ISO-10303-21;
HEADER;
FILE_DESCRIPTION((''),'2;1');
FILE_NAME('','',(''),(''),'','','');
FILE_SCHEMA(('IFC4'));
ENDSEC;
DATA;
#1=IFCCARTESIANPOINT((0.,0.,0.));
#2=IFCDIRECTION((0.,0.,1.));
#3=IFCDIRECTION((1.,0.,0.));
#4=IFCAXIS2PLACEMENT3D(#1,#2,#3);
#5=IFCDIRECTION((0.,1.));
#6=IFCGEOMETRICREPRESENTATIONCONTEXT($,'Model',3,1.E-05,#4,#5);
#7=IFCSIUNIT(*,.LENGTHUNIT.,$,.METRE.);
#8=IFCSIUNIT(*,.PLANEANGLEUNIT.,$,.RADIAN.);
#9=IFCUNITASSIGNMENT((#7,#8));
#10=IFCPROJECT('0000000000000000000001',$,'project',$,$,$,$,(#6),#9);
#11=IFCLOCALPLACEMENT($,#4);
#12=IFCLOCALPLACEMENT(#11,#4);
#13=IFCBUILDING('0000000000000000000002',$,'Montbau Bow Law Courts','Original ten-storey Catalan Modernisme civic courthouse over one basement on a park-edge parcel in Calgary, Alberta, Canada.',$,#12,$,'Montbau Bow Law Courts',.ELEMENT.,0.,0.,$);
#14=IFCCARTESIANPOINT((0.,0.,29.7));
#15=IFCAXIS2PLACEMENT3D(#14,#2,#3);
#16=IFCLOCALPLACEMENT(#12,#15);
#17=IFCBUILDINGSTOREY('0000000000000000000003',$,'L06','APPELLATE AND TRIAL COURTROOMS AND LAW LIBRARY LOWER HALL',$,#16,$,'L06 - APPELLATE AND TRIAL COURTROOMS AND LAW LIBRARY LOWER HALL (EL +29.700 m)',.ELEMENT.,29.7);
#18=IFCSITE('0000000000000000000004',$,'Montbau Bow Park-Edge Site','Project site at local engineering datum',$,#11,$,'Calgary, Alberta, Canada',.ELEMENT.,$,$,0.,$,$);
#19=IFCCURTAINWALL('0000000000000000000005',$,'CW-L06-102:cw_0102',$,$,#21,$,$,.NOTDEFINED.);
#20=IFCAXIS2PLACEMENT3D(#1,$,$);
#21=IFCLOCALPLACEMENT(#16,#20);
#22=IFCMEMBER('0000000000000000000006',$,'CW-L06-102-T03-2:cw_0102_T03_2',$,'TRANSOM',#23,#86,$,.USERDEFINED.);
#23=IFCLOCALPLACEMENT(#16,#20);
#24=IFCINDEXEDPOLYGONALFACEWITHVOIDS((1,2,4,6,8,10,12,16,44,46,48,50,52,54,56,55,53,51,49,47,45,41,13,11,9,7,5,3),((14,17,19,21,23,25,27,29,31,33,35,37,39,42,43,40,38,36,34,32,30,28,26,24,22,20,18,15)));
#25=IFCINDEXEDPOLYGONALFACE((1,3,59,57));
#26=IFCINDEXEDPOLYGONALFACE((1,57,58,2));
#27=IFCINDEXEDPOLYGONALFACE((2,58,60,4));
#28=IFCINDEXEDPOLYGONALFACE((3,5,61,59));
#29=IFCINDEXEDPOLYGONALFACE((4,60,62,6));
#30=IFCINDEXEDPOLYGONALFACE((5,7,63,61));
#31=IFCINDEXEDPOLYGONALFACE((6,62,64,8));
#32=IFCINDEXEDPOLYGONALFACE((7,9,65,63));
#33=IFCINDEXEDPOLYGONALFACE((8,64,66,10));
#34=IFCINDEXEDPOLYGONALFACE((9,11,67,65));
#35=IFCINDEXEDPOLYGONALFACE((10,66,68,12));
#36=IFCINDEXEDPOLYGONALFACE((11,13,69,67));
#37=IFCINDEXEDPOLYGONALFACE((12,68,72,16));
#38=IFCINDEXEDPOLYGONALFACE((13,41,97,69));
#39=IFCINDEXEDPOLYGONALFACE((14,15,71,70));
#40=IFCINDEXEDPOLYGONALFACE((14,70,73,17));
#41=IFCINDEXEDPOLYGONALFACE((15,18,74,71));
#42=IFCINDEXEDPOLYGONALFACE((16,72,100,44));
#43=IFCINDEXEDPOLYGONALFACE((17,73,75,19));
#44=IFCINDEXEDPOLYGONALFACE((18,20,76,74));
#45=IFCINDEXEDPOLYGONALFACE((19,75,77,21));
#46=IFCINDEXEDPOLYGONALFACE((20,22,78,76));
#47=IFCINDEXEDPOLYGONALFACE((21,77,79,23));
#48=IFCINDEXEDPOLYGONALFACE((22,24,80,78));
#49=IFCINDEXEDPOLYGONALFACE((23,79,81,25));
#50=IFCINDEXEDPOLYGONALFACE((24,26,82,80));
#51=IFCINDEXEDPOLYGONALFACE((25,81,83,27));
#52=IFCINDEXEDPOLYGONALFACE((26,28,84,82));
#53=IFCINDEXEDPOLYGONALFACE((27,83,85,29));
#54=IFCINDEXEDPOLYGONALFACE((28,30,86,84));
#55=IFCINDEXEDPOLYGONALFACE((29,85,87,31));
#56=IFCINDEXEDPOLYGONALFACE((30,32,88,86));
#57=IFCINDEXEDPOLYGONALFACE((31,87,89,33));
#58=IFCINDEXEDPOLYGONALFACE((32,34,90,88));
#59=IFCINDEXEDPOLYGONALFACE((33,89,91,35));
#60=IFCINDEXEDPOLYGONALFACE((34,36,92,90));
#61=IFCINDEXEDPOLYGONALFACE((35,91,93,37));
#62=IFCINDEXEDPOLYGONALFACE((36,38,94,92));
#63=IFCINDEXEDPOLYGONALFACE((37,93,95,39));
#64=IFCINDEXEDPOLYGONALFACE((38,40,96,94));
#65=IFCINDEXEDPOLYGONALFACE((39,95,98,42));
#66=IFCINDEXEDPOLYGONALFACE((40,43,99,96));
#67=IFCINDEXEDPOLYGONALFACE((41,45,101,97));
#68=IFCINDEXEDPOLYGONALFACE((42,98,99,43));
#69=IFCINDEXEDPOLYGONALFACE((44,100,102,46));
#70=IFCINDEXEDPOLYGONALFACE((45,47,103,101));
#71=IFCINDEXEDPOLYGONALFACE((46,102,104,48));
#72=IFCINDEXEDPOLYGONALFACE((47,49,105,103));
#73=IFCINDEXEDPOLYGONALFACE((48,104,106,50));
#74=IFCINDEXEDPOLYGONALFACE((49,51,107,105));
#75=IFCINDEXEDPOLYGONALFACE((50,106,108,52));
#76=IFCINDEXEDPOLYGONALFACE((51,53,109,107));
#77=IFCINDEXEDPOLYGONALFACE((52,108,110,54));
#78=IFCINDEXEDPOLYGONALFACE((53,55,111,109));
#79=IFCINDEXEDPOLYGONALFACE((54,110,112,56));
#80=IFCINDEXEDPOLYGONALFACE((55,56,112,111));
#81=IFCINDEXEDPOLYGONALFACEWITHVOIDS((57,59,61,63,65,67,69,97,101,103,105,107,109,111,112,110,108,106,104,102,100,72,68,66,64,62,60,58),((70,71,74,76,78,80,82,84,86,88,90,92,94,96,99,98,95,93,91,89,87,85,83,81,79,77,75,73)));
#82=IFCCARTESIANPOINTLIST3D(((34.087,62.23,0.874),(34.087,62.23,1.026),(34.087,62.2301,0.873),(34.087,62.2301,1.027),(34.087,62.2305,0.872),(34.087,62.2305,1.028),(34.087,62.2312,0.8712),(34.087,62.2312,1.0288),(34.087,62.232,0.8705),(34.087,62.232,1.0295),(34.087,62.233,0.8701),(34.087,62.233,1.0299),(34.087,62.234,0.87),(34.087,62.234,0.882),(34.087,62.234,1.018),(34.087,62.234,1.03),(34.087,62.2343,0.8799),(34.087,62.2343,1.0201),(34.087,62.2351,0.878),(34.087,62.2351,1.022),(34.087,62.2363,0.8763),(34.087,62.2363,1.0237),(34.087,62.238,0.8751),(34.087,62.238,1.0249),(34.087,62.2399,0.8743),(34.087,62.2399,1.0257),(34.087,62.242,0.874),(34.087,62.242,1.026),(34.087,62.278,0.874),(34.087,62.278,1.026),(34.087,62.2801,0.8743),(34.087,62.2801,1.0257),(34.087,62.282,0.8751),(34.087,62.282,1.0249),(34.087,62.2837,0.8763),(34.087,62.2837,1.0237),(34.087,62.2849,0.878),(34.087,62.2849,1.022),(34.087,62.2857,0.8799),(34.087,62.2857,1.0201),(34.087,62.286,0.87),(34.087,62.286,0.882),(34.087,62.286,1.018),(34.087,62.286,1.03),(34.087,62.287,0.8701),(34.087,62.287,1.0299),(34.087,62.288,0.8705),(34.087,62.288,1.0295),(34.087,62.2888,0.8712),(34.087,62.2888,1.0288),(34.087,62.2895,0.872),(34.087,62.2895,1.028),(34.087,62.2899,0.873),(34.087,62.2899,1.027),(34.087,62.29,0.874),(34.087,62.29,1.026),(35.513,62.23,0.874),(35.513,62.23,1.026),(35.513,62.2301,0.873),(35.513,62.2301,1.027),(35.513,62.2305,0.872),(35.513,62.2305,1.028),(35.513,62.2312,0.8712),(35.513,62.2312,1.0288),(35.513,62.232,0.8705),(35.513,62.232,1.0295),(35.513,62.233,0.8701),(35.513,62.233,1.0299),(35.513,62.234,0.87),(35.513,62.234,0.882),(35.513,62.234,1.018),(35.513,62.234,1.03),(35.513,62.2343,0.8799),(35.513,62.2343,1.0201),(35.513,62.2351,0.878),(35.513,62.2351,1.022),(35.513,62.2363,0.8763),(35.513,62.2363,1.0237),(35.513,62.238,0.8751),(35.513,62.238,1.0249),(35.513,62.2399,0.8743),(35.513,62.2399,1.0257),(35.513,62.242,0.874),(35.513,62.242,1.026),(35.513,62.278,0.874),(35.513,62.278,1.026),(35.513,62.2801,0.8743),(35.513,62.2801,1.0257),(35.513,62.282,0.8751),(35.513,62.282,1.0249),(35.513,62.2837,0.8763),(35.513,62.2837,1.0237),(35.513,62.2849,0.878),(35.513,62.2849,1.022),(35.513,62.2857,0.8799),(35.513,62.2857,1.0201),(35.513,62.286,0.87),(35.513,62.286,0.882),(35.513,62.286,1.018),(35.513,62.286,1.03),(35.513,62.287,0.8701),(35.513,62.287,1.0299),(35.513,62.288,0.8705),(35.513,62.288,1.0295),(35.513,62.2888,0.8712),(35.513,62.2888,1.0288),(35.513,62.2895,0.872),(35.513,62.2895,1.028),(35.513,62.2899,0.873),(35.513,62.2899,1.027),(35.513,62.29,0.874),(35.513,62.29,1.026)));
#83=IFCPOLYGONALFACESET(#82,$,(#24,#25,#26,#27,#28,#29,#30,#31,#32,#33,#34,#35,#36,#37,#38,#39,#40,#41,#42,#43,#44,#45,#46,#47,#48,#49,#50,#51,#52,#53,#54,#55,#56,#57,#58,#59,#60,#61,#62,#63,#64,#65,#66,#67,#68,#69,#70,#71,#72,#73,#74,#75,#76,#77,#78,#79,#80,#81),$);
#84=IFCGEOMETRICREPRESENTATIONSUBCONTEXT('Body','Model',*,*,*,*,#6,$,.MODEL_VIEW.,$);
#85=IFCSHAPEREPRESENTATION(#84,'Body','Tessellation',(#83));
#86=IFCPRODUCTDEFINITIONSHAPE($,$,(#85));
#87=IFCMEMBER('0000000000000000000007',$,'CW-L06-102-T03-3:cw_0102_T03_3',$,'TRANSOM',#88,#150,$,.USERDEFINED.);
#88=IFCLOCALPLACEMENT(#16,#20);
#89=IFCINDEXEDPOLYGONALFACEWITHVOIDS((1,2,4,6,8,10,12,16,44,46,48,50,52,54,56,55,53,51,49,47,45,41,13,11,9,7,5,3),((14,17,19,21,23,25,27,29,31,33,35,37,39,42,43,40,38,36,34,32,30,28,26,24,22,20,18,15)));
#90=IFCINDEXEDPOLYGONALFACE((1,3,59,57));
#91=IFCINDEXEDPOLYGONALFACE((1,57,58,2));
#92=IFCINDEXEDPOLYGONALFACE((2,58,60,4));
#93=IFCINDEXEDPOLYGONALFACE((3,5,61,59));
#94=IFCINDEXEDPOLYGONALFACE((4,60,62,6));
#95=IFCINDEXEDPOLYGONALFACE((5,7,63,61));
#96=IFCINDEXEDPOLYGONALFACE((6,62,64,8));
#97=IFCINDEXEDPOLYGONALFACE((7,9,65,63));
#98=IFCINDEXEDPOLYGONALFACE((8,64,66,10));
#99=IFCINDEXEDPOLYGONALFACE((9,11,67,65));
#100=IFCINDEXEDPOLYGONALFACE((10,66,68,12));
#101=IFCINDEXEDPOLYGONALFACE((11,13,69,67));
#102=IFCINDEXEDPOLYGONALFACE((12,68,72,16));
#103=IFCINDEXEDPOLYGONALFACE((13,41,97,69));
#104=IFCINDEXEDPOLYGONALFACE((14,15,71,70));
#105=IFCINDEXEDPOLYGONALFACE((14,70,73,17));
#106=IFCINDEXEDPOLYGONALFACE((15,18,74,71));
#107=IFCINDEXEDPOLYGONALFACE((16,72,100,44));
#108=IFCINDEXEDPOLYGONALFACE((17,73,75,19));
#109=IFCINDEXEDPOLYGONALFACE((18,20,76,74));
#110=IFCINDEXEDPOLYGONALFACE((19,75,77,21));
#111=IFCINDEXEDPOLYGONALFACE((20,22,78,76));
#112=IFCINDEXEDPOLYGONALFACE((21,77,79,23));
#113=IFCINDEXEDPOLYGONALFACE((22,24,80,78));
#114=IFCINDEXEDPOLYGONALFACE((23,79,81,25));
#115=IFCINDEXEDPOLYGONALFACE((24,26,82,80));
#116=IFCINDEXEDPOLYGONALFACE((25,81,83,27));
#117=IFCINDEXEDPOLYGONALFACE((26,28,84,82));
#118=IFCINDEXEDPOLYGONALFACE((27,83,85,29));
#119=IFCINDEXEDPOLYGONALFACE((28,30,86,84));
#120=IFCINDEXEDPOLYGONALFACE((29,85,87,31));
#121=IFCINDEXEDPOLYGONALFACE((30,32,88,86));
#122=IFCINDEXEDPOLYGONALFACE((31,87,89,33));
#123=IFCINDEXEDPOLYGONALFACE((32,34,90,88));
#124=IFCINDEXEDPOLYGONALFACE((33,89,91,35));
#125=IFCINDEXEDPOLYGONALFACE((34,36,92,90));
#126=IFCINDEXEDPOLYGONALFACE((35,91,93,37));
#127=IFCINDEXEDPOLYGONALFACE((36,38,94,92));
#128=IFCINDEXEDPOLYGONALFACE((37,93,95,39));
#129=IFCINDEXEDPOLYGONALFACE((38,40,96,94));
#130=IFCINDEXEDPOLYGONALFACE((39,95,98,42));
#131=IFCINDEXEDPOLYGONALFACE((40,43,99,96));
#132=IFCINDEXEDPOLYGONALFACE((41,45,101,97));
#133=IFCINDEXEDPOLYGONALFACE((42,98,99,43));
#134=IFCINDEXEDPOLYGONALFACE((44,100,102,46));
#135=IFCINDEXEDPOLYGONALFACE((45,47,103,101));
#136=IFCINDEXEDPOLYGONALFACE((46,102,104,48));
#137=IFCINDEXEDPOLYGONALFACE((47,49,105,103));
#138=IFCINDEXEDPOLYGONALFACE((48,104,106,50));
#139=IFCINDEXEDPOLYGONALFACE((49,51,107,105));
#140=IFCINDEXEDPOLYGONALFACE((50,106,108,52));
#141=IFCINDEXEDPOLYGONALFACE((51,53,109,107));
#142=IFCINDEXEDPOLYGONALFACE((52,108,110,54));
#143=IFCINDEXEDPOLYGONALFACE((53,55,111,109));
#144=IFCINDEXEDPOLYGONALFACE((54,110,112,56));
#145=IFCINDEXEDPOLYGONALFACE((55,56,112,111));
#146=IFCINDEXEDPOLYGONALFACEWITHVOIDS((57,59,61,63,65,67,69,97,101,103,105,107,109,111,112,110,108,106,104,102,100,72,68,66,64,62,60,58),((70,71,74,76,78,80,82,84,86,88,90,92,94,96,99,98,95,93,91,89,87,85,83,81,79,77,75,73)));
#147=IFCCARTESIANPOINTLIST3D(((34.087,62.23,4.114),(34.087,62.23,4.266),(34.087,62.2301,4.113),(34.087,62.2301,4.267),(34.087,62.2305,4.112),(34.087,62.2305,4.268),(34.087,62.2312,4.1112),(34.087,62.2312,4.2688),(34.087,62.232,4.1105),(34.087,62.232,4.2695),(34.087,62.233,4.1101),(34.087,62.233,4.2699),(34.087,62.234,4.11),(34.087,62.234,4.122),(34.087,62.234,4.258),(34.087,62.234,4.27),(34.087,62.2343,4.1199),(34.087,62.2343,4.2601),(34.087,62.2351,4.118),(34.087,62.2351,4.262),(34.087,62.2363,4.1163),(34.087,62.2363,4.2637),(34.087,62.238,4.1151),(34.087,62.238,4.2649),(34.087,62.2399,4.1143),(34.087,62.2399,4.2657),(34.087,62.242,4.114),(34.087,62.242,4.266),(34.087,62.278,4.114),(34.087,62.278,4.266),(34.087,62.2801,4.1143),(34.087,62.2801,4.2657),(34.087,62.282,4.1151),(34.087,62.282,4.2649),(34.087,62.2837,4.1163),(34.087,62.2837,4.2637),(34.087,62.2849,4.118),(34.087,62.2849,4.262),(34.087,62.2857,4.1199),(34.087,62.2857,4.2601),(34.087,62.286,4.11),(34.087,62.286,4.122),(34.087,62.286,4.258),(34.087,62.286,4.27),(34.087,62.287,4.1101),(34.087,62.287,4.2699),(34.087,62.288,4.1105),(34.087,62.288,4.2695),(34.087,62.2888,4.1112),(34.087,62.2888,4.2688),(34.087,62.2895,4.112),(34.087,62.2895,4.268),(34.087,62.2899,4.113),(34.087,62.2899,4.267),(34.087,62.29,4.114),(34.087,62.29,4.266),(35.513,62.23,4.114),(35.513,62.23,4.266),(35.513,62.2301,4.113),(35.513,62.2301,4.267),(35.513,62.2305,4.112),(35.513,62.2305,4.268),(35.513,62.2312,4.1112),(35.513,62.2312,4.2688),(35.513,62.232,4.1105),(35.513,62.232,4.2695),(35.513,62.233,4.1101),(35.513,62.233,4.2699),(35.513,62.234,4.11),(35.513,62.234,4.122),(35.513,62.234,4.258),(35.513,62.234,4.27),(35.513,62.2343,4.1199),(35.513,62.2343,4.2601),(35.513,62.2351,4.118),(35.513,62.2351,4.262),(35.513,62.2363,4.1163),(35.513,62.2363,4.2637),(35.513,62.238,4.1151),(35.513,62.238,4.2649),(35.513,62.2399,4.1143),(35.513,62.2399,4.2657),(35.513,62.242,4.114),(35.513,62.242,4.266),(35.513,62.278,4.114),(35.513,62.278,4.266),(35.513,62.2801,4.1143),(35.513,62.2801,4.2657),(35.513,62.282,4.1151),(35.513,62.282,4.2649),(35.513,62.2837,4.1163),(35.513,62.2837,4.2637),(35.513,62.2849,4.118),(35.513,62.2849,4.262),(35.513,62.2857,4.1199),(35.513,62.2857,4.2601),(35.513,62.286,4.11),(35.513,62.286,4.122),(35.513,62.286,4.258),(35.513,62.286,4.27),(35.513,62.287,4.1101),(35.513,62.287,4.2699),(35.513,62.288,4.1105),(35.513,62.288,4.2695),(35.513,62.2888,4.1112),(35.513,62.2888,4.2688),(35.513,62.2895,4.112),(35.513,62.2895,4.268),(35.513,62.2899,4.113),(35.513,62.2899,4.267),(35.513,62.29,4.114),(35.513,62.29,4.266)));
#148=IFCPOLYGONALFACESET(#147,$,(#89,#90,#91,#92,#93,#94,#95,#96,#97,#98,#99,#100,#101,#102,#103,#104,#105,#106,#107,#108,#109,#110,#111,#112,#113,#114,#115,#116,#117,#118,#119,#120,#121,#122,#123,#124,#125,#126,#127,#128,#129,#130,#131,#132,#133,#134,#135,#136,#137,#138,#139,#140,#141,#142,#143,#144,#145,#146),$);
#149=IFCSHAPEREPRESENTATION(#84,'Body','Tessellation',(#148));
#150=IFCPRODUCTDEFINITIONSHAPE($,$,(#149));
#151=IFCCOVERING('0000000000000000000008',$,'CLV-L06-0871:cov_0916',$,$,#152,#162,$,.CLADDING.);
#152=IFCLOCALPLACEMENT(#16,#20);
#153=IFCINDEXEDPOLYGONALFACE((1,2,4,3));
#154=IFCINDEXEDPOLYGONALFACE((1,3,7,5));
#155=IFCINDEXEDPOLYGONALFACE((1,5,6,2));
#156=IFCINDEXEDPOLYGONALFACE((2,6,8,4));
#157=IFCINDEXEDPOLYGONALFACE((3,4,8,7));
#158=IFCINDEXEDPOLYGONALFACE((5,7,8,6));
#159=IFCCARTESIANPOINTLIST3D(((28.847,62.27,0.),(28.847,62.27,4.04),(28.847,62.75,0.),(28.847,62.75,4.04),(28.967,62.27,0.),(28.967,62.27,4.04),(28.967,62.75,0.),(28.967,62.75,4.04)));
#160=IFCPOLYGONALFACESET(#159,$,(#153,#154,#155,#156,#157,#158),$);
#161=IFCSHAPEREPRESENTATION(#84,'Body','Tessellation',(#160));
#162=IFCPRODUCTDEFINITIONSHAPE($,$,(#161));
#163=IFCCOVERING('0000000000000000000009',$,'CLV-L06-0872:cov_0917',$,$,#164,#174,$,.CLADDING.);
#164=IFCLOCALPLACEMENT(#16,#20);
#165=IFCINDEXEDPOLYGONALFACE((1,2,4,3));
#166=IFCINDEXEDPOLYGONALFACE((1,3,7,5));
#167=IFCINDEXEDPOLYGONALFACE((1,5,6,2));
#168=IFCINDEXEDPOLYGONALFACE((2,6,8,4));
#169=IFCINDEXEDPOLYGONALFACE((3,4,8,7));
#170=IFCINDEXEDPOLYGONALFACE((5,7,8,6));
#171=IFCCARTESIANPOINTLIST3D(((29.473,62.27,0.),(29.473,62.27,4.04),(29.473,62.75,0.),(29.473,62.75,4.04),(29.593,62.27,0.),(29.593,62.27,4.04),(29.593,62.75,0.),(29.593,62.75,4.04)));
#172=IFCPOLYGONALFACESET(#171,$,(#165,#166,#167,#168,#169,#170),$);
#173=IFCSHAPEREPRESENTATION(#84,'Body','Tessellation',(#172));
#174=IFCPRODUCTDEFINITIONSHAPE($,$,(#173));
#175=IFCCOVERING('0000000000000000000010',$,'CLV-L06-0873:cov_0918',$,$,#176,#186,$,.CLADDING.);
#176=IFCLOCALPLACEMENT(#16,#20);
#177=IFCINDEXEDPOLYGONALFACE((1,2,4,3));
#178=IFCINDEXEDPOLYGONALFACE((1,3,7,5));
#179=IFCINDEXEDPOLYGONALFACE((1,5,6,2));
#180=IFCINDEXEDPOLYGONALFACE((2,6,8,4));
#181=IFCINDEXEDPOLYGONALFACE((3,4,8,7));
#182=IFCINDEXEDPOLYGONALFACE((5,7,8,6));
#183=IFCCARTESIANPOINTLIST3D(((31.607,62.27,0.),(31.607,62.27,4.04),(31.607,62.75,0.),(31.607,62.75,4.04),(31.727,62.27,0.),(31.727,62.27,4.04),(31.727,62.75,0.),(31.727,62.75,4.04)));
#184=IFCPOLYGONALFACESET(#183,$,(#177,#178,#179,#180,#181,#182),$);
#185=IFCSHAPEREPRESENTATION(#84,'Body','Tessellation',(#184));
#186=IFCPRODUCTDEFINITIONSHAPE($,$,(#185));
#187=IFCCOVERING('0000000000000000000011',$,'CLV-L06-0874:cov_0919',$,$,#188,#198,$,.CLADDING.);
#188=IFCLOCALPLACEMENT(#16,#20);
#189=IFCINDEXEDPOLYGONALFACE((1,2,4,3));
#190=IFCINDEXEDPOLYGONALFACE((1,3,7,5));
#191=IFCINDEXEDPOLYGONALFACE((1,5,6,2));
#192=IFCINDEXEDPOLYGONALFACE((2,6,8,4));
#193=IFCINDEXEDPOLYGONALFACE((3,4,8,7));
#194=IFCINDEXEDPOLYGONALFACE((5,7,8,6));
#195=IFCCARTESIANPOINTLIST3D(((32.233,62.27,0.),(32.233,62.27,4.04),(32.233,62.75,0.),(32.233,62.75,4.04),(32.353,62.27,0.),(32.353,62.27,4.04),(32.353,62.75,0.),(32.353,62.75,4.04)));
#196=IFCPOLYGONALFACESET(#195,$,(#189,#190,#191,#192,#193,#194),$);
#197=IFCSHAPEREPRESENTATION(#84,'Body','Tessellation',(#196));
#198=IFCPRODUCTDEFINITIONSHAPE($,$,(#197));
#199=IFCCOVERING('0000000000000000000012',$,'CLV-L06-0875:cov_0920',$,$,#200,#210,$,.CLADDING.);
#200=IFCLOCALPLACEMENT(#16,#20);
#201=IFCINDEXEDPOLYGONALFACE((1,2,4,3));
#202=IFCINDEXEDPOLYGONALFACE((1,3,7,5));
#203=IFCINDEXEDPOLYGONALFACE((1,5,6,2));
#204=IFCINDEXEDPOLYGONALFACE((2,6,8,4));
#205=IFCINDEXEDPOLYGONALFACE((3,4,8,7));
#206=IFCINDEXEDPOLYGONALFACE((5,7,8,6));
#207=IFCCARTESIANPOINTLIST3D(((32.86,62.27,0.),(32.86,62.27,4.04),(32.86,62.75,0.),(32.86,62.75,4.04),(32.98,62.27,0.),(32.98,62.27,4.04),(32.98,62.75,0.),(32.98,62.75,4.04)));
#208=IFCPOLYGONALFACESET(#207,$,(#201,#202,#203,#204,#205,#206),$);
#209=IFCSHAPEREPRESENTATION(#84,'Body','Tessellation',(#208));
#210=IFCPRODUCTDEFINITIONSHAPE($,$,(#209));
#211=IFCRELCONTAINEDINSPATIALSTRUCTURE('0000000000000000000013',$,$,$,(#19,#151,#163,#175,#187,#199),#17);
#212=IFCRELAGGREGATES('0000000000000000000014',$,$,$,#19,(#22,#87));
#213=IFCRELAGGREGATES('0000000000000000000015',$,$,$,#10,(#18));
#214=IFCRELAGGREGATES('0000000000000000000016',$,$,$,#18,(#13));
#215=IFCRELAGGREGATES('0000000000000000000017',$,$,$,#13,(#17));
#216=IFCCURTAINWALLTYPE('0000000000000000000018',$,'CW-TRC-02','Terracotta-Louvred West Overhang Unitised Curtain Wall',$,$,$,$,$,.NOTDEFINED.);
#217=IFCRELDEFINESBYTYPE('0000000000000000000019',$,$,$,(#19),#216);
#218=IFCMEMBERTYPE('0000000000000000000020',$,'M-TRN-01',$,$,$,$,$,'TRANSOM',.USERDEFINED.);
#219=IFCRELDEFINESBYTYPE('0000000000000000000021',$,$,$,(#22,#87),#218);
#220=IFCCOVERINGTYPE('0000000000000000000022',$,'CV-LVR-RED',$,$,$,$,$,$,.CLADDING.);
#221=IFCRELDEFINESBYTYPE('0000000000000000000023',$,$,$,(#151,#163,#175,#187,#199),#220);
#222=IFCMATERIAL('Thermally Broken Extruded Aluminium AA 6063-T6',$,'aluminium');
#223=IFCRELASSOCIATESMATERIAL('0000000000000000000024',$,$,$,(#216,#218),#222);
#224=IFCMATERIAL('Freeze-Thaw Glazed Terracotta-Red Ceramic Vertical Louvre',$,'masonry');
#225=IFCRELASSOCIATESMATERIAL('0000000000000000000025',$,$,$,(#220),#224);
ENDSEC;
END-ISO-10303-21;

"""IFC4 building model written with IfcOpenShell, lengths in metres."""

from ifc_helpers import new_model, si_unit, direction, frame, frame_2d, origin_with_axes, origin_2d_with_axis, place, context, subcontext, project, spatial, rectangle, hollow_rectangle, extrude, material, material_profile, profile_set, type_object, element, aggregate, save


model = new_model("IFC4")

# Units and contexts
model_context = context("Model", 3, precision=1e-05, world=origin_with_axes(), true_north=direction((0.0, 1.0)))
body_context = subcontext(model_context, "Body", "Model", "MODEL_VIEW")
ifc_project = project(units=[si_unit("LENGTHUNIT", "METRE"), si_unit("PLANEANGLEUNIT", "RADIAN")], contexts=[model_context])

# Site, building, storey
site_placement = place(None, origin_with_axes())
site = spatial("IfcSite", under=ifc_project, at=site_placement, Name="Montbau Bow Park-Edge Site", Description="Project site at local engineering datum", LongName="Calgary, Alberta, Canada", CompositionType="ELEMENT", RefElevation=0.0)
building_placement = place(site_placement, origin_with_axes())
building = spatial("IfcBuilding", under=site, at=building_placement, Name="Montbau Bow Law Courts", Description="Original ten-storey Catalan Modernisme civic courthouse over one basement on a park-edge parcel in Calgary, Alberta, Canada.", LongName="Montbau Bow Law Courts", CompositionType="ELEMENT", ElevationOfRefHeight=0.0, ElevationOfTerrain=0.0)
storey_placement = place(building_placement, frame((0.0, 0.0, 29.7), z_axis=(0.0, 0.0, 1.0), x_axis=(1.0, 0.0, 0.0)))
storey = spatial("IfcBuildingStorey", under=building, at=storey_placement, Name="L06", Description="APPELLATE AND TRIAL COURTROOMS AND LAW LIBRARY LOWER HALL", LongName="L06 - APPELLATE AND TRIAL COURTROOMS AND LAW LIBRARY LOWER HALL (EL +29.700 m)", CompositionType="ELEMENT", Elevation=29.7)

# Curtain wall, members
ifc_material_1 = material(Name="Thermally Broken Extruded Aluminium AA 6063-T6", Category="aluminium")
curtain_wall_type = type_object("IfcCurtainWallType", Name="CW-TRC-02", Description="Terracotta-Louvred West Overhang Unitised Curtain Wall", PredefinedType="NOTDEFINED", material=ifc_material_1)
curtain_wall_placement = place(None, frame((31.04, 62.26, 29.7), z_axis=(0.0, 0.0, 1.0), x_axis=(1.0, 0.0, 0.0)))
curtain_wall = element("IfcCurtainWall", 1, at=curtain_wall_placement, inside=storey, type_object=curtain_wall_type, Name="CW-L06-102:cw_0102", PredefinedType="NOTDEFINED")
ifc_material_profile_1 = material_profile(ifc_material_1, hollow_rectangle(XDim=0.06, YDim=0.16, WallThickness=0.004, InnerFilletRadius=0.008, OuterFilletRadius=0.004, at=origin_2d_with_axis()), Name="CWT-160X60", Category="Main", Priority=0)
ifc_profile_set_1 = profile_set([ifc_material_profile_1], Name="Thermally Broken Extruded Aluminium AA 6063-T6")
member_type = type_object("IfcMemberType", Name="M-TRN-01", ElementType="TRANSOM", PredefinedType="USERDEFINED", material=ifc_profile_set_1)
member_1_placement = place(None, frame((34.087, 62.26, 30.65), z_axis=(1.0, 0.0, 0.0), x_axis=(0.0, 1.0, 0.0)))
member_1 = element("IfcMember", 2, at=member_1_placement, type_object=member_type, Name="CW-L06-102-T03-2:cw_0102_T03_2", ObjectType="TRANSOM", PredefinedType="USERDEFINED", context=body_context, shape_type="SweptSolid", body=[
    extrude(hollow_rectangle(XDim=0.06, YDim=0.16, WallThickness=0.004, InnerFilletRadius=0.008, OuterFilletRadius=0.004, at=origin_2d_with_axis()), origin_with_axes(), (0.0, 0.0, 1.0), 1.426),
])
member_2_placement = place(None, frame((34.087, 62.26, 33.89), z_axis=(1.0, 0.0, 0.0), x_axis=(0.0, 1.0, 0.0)))
member_2 = element("IfcMember", 3, at=member_2_placement, type_object=member_type, Name="CW-L06-102-T03-3:cw_0102_T03_3", ObjectType="TRANSOM", PredefinedType="USERDEFINED", context=body_context, shape_type="SweptSolid", body=[
    extrude(hollow_rectangle(XDim=0.06, YDim=0.16, WallThickness=0.004, InnerFilletRadius=0.008, OuterFilletRadius=0.004, at=origin_2d_with_axis()), origin_with_axes(), (0.0, 0.0, 1.0), 1.426),
])
aggregate(curtain_wall, [member_1, member_2])

# Coverings
ifc_material_2 = material(Name="Freeze-Thaw Glazed Terracotta-Red Ceramic Vertical Louvre", Category="masonry")
covering_type = type_object("IfcCoveringType", Name="CV-LVR-RED", PredefinedType="CLADDING", material=ifc_material_2)
for number, where, z_axis, x_axis, name in (
    (4, (28.907, 62.27, 29.7), (1.0, 0.0, 0.0), (0.0, 1.0, 0.0), "CLV-L06-0871:cov_0916"),
    (5, (29.533, 62.27, 29.7), (1.0, 0.0, 0.0), (0.0, 1.0, 0.0), "CLV-L06-0872:cov_0917"),
    (6, (31.667, 62.27, 29.7), (1.0, 0.0, 0.0), (0.0, 1.0, 0.0), "CLV-L06-0873:cov_0918"),
    (7, (32.293, 62.27, 29.7), (1.0, 0.0, 0.0), (0.0, 1.0, 0.0), "CLV-L06-0874:cov_0919"),
    (8, (32.92, 62.27, 29.7), (1.0, 0.0, 0.0), (0.0, 1.0, 0.0), "CLV-L06-0875:cov_0920"),
):
    element("IfcCovering", number, at=place(None, frame(where, z_axis=z_axis, x_axis=x_axis)), inside=storey, type_object=covering_type, Name=name, PredefinedType="CLADDING", context=body_context, shape_type="SweptSolid", body=[
        extrude(rectangle(XDim=0.48, YDim=4.04, at=frame_2d((0.24, 2.02), x_axis=(1.0, 0.0))), frame((0.0, 0.0, -0.06), z_axis=(0.0, 0.0, 1.0), x_axis=(1.0, 0.0, 0.0)), (0.0, 0.0, 1.0), 0.12),
    ])

save(model, "model.ifc")
